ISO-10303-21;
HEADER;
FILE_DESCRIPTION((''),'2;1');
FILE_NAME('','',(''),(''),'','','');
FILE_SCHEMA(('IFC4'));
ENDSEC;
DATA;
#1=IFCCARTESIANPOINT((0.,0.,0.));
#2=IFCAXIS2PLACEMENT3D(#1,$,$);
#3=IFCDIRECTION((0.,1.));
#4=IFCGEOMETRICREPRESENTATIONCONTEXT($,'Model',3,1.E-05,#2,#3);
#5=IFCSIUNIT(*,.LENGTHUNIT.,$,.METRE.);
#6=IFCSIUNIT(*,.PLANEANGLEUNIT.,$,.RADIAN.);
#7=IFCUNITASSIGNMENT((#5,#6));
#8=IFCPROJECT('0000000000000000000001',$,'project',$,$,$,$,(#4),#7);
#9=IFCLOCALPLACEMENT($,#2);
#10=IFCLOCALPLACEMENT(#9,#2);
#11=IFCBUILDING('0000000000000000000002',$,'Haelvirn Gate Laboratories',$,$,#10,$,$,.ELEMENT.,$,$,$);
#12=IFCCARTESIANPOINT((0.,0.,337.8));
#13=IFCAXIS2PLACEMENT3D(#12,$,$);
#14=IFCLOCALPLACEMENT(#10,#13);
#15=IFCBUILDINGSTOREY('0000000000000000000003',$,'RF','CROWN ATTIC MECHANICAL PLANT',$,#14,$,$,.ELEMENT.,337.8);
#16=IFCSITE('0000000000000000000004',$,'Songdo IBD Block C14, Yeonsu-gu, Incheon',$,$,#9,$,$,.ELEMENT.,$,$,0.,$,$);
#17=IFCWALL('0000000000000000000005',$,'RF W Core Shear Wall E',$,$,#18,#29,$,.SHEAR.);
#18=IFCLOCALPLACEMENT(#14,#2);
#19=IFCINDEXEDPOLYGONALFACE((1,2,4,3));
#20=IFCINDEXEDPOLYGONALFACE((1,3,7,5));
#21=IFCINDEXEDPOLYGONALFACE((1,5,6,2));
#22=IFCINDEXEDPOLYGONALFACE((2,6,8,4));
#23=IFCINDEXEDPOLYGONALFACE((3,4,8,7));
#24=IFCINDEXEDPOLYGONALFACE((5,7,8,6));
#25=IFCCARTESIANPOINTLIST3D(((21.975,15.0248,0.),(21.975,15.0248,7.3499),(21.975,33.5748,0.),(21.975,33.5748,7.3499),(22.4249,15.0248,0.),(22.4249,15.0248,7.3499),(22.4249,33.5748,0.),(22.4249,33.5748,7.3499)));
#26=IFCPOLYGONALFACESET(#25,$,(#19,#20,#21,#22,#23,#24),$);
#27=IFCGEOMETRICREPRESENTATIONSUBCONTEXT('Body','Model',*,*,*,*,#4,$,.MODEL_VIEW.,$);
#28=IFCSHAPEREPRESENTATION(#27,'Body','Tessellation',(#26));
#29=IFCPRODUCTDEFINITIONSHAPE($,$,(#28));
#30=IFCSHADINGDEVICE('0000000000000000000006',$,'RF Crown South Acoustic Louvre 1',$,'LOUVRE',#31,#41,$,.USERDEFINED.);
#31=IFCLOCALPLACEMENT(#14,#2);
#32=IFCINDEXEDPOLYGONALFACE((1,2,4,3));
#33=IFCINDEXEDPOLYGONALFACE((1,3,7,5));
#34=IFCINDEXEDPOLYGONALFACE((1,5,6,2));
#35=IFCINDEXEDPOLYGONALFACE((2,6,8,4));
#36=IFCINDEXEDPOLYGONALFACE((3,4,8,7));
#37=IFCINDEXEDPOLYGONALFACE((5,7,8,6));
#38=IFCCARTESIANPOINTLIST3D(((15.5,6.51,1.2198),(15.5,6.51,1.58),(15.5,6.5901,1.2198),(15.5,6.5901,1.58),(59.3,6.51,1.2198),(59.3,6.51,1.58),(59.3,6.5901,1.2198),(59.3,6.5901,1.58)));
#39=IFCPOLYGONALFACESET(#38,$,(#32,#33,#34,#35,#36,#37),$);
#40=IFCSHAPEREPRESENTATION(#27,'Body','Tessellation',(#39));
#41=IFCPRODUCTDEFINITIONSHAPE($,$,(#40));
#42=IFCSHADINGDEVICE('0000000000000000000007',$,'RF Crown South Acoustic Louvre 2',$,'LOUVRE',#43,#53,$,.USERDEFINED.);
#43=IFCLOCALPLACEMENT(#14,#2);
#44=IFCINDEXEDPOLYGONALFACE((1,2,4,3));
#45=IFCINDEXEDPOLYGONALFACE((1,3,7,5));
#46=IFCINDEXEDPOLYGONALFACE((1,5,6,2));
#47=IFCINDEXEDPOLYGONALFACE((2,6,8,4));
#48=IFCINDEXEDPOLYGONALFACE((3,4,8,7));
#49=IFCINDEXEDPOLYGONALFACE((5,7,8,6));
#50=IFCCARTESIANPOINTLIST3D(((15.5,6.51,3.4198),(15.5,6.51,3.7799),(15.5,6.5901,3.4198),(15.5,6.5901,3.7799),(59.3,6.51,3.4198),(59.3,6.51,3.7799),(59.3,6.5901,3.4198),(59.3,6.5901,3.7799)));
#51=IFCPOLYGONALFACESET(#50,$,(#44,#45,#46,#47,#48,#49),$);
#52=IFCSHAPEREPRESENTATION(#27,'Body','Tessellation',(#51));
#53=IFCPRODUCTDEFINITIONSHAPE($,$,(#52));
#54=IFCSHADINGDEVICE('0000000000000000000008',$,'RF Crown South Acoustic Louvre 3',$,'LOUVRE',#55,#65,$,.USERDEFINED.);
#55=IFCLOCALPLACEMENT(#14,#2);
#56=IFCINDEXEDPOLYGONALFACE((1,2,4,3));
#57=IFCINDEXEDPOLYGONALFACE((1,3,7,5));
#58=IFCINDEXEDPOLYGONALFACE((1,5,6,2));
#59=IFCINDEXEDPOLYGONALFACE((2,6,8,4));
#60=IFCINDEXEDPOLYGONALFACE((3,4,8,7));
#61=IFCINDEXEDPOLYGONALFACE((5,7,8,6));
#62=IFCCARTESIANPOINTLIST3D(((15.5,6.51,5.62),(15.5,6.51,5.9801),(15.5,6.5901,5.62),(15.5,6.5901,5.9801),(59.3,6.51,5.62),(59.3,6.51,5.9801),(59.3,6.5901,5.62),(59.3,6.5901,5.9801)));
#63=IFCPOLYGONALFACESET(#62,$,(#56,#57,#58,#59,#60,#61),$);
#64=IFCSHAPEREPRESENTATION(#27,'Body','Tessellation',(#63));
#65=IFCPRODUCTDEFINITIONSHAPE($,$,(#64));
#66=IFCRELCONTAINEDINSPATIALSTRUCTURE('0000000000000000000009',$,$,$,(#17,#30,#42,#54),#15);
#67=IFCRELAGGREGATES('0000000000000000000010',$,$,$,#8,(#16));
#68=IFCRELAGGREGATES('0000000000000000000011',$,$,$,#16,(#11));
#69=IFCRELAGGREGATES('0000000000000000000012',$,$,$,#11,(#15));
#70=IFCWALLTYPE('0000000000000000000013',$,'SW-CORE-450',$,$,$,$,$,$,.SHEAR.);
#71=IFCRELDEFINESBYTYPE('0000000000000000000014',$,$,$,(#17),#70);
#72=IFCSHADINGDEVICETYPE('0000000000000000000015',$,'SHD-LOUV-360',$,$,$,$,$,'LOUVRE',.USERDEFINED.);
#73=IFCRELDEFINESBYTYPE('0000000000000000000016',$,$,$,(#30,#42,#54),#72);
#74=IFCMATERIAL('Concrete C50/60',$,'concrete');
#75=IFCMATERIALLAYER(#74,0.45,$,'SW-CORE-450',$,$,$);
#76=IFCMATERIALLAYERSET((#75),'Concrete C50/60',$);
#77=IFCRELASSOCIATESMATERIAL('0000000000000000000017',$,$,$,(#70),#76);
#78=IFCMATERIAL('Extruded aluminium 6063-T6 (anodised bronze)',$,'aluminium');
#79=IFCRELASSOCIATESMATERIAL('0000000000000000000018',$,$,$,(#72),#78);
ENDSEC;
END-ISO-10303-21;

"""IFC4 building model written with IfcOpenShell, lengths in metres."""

from ifc_helpers import new_model, si_unit, direction, frame, frame_2d, origin, origin_2d, place, context, subcontext, project, spatial, rectangle, extrude, source, transform, mapped, material, layer, layer_set, material_profile, profile_set, type_object, type_shapes, element, save


model = new_model("IFC4")

# Units and contexts
model_context = context("Model", 3, precision=1e-05, world=origin(), true_north=direction((0.0, 1.0)))
body_context = subcontext(model_context, "Body", "Model", "MODEL_VIEW")
ifc_project = project(units=[si_unit("LENGTHUNIT", "METRE"), si_unit("PLANEANGLEUNIT", "RADIAN")], contexts=[model_context])

# Site, building, storey
site_placement = place(None, origin())
site = spatial("IfcSite", under=ifc_project, at=site_placement, Name="Songdo IBD Block C14, Yeonsu-gu, Incheon", CompositionType="ELEMENT", RefElevation=0.0)
building_placement = place(site_placement, origin())
building = spatial("IfcBuilding", under=site, at=building_placement, Name="Haelvirn Gate Laboratories", CompositionType="ELEMENT")
storey_placement = place(building_placement, frame((0.0, 0.0, 337.8)))
storey = spatial("IfcBuildingStorey", under=building, at=storey_placement, Name="RF", Description="CROWN ATTIC MECHANICAL PLANT", CompositionType="ELEMENT", Elevation=337.8)

# Shared definitions
ifc_material_1 = material(Name="Extruded aluminium 6063-T6 (anodised bronze)", Category="aluminium")

# Wall
ifc_material_2 = material(Name="Concrete C50/60", Category="concrete")
ifc_layer_1 = layer(ifc_material_2, 0.45, Name="SW-CORE-450")
ifc_layer_set_1 = layer_set([ifc_layer_1], Name="Concrete C50/60")
wall_type = type_object("IfcWallType", Name="SW-CORE-450", PredefinedType="SHEAR", material=ifc_layer_set_1)
wall_placement = place(storey_placement, frame((22.2, 15.0249, 0.0), z_axis=(0.0, 0.0, 1.0), x_axis=(0.0, 1.0, 0.0)))
element("IfcWall", 1, at=wall_placement, inside=storey, type_object=wall_type, Name="RF W Core Shear Wall E", PredefinedType="SHEAR", context=body_context, shape_type="SweptSolid", body=[
    extrude(rectangle(XDim=18.55, YDim=0.45, at=frame_2d((9.2749, 0.0))), origin(), (0.0, 0.0, 1.0), 7.3499),
])

# Shading devices
ifc_material_profile_1 = material_profile(ifc_material_1, rectangle(XDim=0.0801, YDim=0.3601, at=origin_2d()), Name="LOUV-360x80")
ifc_profile_set_1 = profile_set([ifc_material_profile_1], Name="Extruded aluminium 6063-T6 (anodised bronze)")
shading_device_type = type_object("IfcShadingDeviceType", Name="SHD-LOUV-360", ElementType="LOUVRE", PredefinedType="USERDEFINED", material=ifc_profile_set_1)
shared_shape_1 = source(origin(), body_context, "Body", "SweptSolid", [
    extrude(rectangle(XDim=0.0801, YDim=0.3601, at=origin_2d()), origin(), (0.0, 0.0, 1.0), 43.8),
])
type_shapes(shading_device_type, [shared_shape_1])
for number, where, z_axis, x_axis, name in (
    (2, (15.5, 6.55, 1.3999), (1.0, 0.0, 0.0), (0.0, 1.0, 0.0), "RF Crown South Acoustic Louvre 1"),
    (3, (15.5, 6.55, 3.5999), (1.0, 0.0, 0.0), (0.0, 1.0, 0.0), "RF Crown South Acoustic Louvre 2"),
    (4, (15.5, 6.55, 5.8), (1.0, 0.0, 0.0), (0.0, 1.0, 0.0), "RF Crown South Acoustic Louvre 3"),
):
    element("IfcShadingDevice", number, at=place(storey_placement, frame(where, z_axis=z_axis, x_axis=x_axis)), inside=storey, type_object=shading_device_type, Name=name, ObjectType="LOUVRE", PredefinedType="USERDEFINED", context=body_context, shape_type="MappedRepresentation", body=[
        mapped(shared_shape_1, transform((0.0, 0.0, 0.0), scale=1.0)),
    ])

save(model, "model.ifc")
